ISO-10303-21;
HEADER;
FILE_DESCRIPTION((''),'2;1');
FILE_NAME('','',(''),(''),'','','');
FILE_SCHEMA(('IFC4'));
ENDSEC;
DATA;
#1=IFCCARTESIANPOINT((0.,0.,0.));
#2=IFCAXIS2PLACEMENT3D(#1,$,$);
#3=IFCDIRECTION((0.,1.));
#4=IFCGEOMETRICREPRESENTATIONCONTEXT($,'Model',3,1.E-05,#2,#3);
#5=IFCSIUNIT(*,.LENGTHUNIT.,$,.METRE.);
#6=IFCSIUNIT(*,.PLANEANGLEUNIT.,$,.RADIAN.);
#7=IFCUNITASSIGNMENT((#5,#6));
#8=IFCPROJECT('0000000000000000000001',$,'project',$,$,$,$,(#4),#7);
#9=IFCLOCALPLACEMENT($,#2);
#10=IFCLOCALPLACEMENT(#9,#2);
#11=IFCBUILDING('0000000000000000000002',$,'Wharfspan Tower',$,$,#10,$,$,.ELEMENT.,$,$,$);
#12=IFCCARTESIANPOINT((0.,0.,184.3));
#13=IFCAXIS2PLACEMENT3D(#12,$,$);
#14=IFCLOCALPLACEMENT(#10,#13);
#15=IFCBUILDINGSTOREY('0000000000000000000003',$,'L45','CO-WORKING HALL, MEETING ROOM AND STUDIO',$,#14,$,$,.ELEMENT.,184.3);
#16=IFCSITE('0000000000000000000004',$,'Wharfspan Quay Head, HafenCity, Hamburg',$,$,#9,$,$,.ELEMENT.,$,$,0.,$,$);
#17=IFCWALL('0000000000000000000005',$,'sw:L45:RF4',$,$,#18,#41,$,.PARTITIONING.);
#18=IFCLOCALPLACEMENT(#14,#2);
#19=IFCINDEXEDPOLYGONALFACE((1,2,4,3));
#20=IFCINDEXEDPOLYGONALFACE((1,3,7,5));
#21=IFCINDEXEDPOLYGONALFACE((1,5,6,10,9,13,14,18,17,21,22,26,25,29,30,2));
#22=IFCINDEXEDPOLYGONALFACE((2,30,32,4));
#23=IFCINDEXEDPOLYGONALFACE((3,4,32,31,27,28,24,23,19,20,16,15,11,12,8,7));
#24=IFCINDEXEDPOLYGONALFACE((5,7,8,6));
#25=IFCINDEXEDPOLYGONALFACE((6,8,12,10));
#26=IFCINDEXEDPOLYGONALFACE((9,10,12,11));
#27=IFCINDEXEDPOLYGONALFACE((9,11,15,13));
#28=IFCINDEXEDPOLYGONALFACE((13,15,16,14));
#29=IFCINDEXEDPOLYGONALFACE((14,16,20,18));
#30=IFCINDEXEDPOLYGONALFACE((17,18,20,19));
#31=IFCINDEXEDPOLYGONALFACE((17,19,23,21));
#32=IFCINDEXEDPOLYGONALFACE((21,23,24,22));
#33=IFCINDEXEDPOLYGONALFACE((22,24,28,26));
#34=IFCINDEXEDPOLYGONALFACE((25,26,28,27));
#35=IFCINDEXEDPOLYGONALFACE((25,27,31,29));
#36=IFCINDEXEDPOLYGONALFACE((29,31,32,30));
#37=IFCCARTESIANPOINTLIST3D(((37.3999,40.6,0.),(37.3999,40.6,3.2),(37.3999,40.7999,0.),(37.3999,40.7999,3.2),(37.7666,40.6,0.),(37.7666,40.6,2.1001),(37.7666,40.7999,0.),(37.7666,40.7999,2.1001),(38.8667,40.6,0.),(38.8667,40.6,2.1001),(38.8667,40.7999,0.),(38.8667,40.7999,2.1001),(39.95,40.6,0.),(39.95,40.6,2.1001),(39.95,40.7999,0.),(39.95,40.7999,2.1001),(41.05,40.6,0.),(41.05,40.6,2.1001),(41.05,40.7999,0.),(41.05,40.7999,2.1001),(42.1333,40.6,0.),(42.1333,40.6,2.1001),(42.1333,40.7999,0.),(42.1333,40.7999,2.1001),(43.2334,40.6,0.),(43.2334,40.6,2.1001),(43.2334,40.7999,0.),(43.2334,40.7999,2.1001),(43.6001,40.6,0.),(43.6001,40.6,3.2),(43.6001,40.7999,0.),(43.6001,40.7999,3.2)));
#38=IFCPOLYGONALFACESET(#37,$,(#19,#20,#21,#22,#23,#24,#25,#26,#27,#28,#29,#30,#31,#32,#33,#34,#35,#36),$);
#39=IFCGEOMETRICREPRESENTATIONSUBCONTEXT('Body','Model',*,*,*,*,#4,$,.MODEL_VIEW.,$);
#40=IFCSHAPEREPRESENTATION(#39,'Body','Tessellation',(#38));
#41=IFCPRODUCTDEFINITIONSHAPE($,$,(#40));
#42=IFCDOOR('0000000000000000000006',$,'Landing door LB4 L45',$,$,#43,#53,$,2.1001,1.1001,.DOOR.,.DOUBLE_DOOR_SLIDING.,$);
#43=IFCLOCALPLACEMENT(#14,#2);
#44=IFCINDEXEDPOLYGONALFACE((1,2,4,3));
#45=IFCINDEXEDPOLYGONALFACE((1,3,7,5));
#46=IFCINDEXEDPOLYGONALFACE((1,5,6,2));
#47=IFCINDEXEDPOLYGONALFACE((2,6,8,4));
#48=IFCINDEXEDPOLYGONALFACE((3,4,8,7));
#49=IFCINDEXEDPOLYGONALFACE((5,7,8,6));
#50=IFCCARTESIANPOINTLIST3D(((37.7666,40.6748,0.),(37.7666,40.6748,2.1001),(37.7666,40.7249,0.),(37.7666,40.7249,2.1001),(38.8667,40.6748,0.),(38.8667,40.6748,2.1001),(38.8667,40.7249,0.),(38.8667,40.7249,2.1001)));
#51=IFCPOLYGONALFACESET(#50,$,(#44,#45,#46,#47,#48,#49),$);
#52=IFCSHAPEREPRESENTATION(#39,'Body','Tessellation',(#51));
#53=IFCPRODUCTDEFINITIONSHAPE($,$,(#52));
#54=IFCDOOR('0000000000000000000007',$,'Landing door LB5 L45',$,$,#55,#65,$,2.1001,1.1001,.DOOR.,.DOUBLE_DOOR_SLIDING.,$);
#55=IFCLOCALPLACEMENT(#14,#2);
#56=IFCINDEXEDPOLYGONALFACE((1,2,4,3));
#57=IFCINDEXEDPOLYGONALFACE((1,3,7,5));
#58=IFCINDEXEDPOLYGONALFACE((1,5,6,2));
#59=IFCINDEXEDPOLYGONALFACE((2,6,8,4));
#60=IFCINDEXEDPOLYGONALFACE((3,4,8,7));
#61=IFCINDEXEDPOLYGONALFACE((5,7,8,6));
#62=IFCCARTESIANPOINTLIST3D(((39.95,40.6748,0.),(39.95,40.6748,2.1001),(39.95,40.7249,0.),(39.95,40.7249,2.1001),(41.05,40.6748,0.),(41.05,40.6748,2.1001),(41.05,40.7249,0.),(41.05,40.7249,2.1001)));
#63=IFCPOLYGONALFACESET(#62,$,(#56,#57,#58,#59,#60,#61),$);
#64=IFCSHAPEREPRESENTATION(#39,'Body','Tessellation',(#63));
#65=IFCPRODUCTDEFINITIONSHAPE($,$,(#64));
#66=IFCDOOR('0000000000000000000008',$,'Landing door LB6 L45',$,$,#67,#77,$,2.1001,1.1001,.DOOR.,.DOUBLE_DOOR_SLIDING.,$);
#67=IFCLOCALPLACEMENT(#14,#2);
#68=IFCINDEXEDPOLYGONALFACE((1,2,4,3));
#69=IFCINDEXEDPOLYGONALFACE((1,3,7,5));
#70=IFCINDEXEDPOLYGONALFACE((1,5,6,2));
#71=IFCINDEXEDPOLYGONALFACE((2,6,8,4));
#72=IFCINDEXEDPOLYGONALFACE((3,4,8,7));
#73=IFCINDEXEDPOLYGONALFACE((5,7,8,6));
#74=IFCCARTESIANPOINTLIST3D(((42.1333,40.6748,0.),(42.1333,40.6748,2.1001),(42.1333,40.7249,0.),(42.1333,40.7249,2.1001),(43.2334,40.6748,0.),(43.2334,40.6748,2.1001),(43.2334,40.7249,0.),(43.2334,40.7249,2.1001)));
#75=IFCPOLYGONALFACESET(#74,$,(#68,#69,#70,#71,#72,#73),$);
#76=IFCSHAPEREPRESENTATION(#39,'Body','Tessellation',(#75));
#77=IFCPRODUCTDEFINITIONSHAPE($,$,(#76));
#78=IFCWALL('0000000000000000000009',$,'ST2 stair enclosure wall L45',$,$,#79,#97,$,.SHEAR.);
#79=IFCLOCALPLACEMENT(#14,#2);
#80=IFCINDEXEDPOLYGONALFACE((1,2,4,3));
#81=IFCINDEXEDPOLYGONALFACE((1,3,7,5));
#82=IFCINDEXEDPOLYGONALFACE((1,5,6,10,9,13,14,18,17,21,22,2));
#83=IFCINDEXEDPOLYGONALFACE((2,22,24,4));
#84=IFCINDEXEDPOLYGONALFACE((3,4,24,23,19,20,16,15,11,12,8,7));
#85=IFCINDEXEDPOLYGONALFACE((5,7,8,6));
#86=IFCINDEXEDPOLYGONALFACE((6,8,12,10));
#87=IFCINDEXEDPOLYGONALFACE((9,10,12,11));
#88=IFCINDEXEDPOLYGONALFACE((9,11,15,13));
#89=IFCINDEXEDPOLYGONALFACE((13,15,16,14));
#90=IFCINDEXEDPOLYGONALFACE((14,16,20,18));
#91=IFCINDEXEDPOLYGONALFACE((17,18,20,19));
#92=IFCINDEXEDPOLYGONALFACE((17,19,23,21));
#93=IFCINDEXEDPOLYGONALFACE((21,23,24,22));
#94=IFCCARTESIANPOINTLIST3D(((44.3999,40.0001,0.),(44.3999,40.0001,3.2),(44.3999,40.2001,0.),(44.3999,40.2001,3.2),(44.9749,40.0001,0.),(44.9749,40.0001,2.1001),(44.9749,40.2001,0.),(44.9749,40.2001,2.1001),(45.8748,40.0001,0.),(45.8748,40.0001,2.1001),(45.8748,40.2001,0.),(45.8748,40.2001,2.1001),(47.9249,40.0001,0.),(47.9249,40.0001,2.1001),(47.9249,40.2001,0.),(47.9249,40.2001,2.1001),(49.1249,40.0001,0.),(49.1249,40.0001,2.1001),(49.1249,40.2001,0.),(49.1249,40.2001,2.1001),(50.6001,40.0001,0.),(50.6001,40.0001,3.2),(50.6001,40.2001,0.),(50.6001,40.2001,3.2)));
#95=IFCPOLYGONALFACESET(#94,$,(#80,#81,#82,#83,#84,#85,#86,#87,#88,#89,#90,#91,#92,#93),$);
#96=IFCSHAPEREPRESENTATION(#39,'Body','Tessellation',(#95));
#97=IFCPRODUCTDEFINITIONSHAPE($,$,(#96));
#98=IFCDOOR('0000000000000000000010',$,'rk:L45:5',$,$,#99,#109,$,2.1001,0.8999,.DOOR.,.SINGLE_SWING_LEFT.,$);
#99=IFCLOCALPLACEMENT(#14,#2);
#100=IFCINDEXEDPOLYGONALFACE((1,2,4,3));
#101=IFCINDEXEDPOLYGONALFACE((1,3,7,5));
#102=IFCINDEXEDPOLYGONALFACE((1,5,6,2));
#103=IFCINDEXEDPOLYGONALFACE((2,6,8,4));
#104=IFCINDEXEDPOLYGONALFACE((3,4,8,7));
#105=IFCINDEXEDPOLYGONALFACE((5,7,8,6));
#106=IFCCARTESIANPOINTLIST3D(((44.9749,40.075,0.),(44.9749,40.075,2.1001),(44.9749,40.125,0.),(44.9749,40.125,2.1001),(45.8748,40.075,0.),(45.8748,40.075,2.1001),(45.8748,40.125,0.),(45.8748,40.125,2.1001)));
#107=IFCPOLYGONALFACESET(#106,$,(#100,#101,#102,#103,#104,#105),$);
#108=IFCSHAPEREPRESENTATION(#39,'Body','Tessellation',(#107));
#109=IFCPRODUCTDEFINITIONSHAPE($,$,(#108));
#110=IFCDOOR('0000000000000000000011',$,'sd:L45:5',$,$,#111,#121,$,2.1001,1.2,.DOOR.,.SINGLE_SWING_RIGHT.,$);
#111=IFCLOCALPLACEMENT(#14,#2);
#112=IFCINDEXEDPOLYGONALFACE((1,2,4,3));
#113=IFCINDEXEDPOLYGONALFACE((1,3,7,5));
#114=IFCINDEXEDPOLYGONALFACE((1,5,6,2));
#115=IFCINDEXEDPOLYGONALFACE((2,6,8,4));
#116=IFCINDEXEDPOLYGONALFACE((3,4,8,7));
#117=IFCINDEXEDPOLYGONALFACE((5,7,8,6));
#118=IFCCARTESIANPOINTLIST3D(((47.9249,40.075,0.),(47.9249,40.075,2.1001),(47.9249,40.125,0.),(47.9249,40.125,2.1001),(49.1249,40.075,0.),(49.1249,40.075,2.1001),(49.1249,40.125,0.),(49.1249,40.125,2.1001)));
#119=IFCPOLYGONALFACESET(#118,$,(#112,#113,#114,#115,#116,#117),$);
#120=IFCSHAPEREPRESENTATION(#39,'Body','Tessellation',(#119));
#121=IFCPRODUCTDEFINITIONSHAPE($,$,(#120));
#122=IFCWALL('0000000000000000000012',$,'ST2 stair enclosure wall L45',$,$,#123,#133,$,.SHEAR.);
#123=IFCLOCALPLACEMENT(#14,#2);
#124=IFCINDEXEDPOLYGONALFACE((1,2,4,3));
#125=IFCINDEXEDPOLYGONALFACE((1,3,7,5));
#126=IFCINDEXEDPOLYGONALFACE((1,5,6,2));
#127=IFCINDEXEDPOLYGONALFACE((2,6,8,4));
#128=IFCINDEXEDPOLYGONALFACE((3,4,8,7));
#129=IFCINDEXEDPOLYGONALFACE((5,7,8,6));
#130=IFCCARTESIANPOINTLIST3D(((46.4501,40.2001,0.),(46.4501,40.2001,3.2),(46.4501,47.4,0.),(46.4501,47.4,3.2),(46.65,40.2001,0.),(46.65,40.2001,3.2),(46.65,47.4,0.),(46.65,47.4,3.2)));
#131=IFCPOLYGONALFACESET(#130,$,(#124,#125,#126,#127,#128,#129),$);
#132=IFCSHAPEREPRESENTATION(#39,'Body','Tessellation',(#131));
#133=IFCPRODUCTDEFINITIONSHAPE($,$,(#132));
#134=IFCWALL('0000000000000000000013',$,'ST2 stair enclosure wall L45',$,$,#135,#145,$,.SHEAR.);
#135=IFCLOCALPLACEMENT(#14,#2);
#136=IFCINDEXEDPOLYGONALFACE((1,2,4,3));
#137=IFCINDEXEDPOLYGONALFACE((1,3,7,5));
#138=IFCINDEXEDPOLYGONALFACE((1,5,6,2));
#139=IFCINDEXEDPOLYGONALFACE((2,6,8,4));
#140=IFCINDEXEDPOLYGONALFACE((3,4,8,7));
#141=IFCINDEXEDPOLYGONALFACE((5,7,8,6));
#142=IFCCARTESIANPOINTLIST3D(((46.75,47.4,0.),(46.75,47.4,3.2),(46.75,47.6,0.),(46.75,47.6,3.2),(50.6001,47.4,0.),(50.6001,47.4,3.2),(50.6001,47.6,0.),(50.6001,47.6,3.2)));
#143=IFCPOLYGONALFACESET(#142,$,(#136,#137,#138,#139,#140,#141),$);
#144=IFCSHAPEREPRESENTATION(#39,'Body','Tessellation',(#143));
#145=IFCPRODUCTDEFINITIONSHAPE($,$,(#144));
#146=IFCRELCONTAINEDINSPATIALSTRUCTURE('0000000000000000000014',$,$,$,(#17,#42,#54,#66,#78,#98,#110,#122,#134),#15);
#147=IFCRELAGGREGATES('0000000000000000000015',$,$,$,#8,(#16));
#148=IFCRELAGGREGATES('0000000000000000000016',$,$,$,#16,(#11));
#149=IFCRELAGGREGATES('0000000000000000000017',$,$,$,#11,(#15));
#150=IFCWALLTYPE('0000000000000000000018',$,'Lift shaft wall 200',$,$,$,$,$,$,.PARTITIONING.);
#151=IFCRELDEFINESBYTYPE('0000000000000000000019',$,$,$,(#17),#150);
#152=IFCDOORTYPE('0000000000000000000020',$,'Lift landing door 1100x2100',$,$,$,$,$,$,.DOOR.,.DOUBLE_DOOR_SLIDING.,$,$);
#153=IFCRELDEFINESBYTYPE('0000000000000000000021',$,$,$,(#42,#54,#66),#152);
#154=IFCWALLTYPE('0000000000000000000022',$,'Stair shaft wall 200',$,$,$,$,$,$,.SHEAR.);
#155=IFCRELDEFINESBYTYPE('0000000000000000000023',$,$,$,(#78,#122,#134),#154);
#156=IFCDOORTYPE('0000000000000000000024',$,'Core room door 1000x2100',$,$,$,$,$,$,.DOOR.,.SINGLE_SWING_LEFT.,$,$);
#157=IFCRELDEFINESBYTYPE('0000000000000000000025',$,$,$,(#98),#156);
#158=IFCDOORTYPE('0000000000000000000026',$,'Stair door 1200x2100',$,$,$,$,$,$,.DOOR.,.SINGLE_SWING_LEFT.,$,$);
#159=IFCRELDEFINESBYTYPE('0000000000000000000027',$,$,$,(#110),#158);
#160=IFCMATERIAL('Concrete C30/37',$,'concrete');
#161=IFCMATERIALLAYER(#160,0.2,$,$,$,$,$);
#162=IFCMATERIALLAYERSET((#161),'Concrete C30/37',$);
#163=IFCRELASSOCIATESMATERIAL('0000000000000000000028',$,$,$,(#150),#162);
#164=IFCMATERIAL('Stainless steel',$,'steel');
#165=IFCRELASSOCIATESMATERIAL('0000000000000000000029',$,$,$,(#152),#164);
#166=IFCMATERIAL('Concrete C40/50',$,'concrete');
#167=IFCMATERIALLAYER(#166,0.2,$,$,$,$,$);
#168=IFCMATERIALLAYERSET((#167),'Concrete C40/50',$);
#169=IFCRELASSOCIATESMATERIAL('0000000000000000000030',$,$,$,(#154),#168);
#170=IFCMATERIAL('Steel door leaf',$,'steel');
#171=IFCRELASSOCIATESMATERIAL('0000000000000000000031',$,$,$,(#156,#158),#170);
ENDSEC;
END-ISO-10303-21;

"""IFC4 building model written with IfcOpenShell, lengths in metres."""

from ifc_helpers import new_model, si_unit, direction, frame, frame_2d, origin, place, context, subcontext, project, spatial, rectangle, extrude, material, layer, layer_set, type_object, element, fill, save


model = new_model("IFC4")

# Units and contexts
model_context = context("Model", 3, precision=1e-05, world=origin(), true_north=direction((0.0, 1.0)))
body_context = subcontext(model_context, "Body", "Model", "MODEL_VIEW")
ifc_project = project(units=[si_unit("LENGTHUNIT", "METRE"), si_unit("PLANEANGLEUNIT", "RADIAN")], contexts=[model_context])

# Site, building, storey
site_placement = place(None, origin())
site = spatial("IfcSite", under=ifc_project, at=site_placement, Name="Wharfspan Quay Head, HafenCity, Hamburg", CompositionType="ELEMENT", RefElevation=0.0)
building_placement = place(site_placement, origin())
building = spatial("IfcBuilding", under=site, at=building_placement, Name="Wharfspan Tower", CompositionType="ELEMENT")
storey_placement = place(building_placement, frame((0.0, 0.0, 184.3)))
storey = spatial("IfcBuildingStorey", under=building, at=storey_placement, Name="L45", Description="CO-WORKING HALL, MEETING ROOM AND STUDIO", CompositionType="ELEMENT", Elevation=184.3)

# Walls, openings, doors
ifc_material_1 = material(Name="Concrete C30/37", Category="concrete")
ifc_layer_1 = layer(ifc_material_1, 0.2)
ifc_layer_set_1 = layer_set([ifc_layer_1], Name="Concrete C30/37")
wall_type_1 = type_object("IfcWallType", Name="Lift shaft wall 200", PredefinedType="PARTITIONING", material=ifc_layer_set_1)
wall_1_placement = place(storey_placement, frame((37.3999, 40.7, 0.0), z_axis=(0.0, 0.0, 1.0), x_axis=(1.0, 0.0, 0.0)))
wall_1 = element("IfcWall", 1, at=wall_1_placement, inside=storey, type_object=wall_type_1, Name="sw:L45:RF4", PredefinedType="PARTITIONING", context=body_context, shape_type="SweptSolid", body=[
    extrude(rectangle(XDim=6.2002, YDim=0.2, at=frame_2d((3.1001, 0.0))), origin(), (0.0, 0.0, 1.0), 3.2),
])
opening_1_placement = place(wall_1_placement, frame((0.3667, 0.0, 0.0)))
opening_1 = element("IfcOpeningElement", 2, at=opening_1_placement, cuts=wall_1, PredefinedType="OPENING", context=body_context, shape_type="SweptSolid", body=[
    extrude(rectangle(XDim=1.1001, YDim=2.1001, at=frame_2d((0.55, 1.05))), frame((0.0, 0.1099, 0.0), z_axis=(0.0, -1.0, 0.0), x_axis=(1.0, 0.0, 0.0)), (0.0, 0.0, 1.0), 0.22),
])
opening_2_placement = place(wall_1_placement, frame((2.55, 0.0, 0.0)))
opening_2 = element("IfcOpeningElement", 3, at=opening_2_placement, cuts=wall_1, PredefinedType="OPENING", context=body_context, shape_type="SweptSolid", body=[
    extrude(rectangle(XDim=1.1001, YDim=2.1001, at=frame_2d((0.55, 1.05))), frame((0.0, 0.1099, 0.0), z_axis=(0.0, -1.0, 0.0), x_axis=(1.0, 0.0, 0.0)), (0.0, 0.0, 1.0), 0.22),
])
opening_3_placement = place(wall_1_placement, frame((4.7334, 0.0, 0.0)))
opening_3 = element("IfcOpeningElement", 4, at=opening_3_placement, cuts=wall_1, PredefinedType="OPENING", context=body_context, shape_type="SweptSolid", body=[
    extrude(rectangle(XDim=1.1001, YDim=2.1001, at=frame_2d((0.55, 1.05))), frame((0.0, 0.1099, 0.0), z_axis=(0.0, -1.0, 0.0), x_axis=(1.0, 0.0, 0.0)), (0.0, 0.0, 1.0), 0.22),
])
ifc_material_2 = material(Name="Stainless steel", Category="steel")
door_type_1 = type_object("IfcDoorType", Name="Lift landing door 1100x2100", OperationType="DOUBLE_DOOR_SLIDING", PredefinedType="DOOR", material=ifc_material_2)
door_1_placement = place(opening_1_placement, origin())
door_1 = element("IfcDoor", 5, at=door_1_placement, inside=storey, type_object=door_type_1, Name="Landing door LB4 L45", OperationType="DOUBLE_DOOR_SLIDING", OverallHeight=2.1001, OverallWidth=1.1001, PredefinedType="DOOR", context=body_context, shape_type="SweptSolid", body=[
    extrude(rectangle(XDim=1.1001, YDim=2.1001, at=frame_2d((0.55, 1.05))), frame((0.0, 0.0249, 0.0), z_axis=(0.0, -1.0, 0.0), x_axis=(1.0, 0.0, 0.0)), (0.0, 0.0, 1.0), 0.05),
])
fill(opening_1, door_1)
door_2_placement = place(opening_2_placement, origin())
door_2 = element("IfcDoor", 6, at=door_2_placement, inside=storey, type_object=door_type_1, Name="Landing door LB5 L45", OperationType="DOUBLE_DOOR_SLIDING", OverallHeight=2.1001, OverallWidth=1.1001, PredefinedType="DOOR", context=body_context, shape_type="SweptSolid", body=[
    extrude(rectangle(XDim=1.1001, YDim=2.1001, at=frame_2d((0.55, 1.05))), frame((0.0, 0.0249, 0.0), z_axis=(0.0, -1.0, 0.0), x_axis=(1.0, 0.0, 0.0)), (0.0, 0.0, 1.0), 0.05),
])
fill(opening_2, door_2)
door_3_placement = place(opening_3_placement, origin())
door_3 = element("IfcDoor", 7, at=door_3_placement, inside=storey, type_object=door_type_1, Name="Landing door LB6 L45", OperationType="DOUBLE_DOOR_SLIDING", OverallHeight=2.1001, OverallWidth=1.1001, PredefinedType="DOOR", context=body_context, shape_type="SweptSolid", body=[
    extrude(rectangle(XDim=1.1001, YDim=2.1001, at=frame_2d((0.55, 1.05))), frame((0.0, 0.0249, 0.0), z_axis=(0.0, -1.0, 0.0), x_axis=(1.0, 0.0, 0.0)), (0.0, 0.0, 1.0), 0.05),
])
fill(opening_3, door_3)
ifc_material_3 = material(Name="Concrete C40/50", Category="concrete")
ifc_layer_2 = layer(ifc_material_3, 0.2)
ifc_layer_set_2 = layer_set([ifc_layer_2], Name="Concrete C40/50")
wall_type_2 = type_object("IfcWallType", Name="Stair shaft wall 200", PredefinedType="SHEAR", material=ifc_layer_set_2)
wall_2_placement = place(storey_placement, frame((44.3999, 40.1001, 0.0), z_axis=(0.0, 0.0, 1.0), x_axis=(1.0, 0.0, 0.0)))
wall_2 = element("IfcWall", 8, at=wall_2_placement, inside=storey, type_object=wall_type_2, Name="ST2 stair enclosure wall L45", PredefinedType="SHEAR", context=body_context, shape_type="SweptSolid", body=[
    extrude(rectangle(XDim=6.2002, YDim=0.2, at=frame_2d((3.1001, 0.0))), origin(), (0.0, 0.0, 1.0), 3.2),
])
opening_4_placement = place(wall_2_placement, frame((3.5249, 0.0, 0.0)))
opening_4 = element("IfcOpeningElement", 9, at=opening_4_placement, cuts=wall_2, PredefinedType="OPENING", context=body_context, shape_type="SweptSolid", body=[
    extrude(rectangle(XDim=1.2, YDim=2.1001, at=frame_2d((0.6001, 1.05))), frame((0.0, 0.1099, 0.0), z_axis=(0.0, -1.0, 0.0), x_axis=(1.0, 0.0, 0.0)), (0.0, 0.0, 1.0), 0.22),
])
opening_5_placement = place(wall_2_placement, frame((0.575, 0.0, 0.0)))
opening_5 = element("IfcOpeningElement", 10, at=opening_5_placement, cuts=wall_2, PredefinedType="OPENING", context=body_context, shape_type="SweptSolid", body=[
    extrude(rectangle(XDim=0.8999, YDim=2.1001, at=frame_2d((0.45, 1.05))), frame((0.0, 0.1099, 0.0), z_axis=(0.0, -1.0, 0.0), x_axis=(1.0, 0.0, 0.0)), (0.0, 0.0, 1.0), 0.22),
])
ifc_material_4 = material(Name="Steel door leaf", Category="steel")
door_type_2 = type_object("IfcDoorType", Name="Core room door 1000x2100", OperationType="SINGLE_SWING_LEFT", PredefinedType="DOOR", material=ifc_material_4)
door_4_placement = place(opening_5_placement, origin())
door_4 = element("IfcDoor", 11, at=door_4_placement, inside=storey, type_object=door_type_2, Name="rk:L45:5", OperationType="SINGLE_SWING_LEFT", OverallHeight=2.1001, OverallWidth=0.8999, PredefinedType="DOOR", context=body_context, shape_type="SweptSolid", body=[
    extrude(rectangle(XDim=0.8999, YDim=2.1001, at=frame_2d((0.45, 1.05))), frame((0.0, 0.0249, 0.0), z_axis=(0.0, -1.0, 0.0), x_axis=(1.0, 0.0, 0.0)), (0.0, 0.0, 1.0), 0.05),
])
fill(opening_5, door_4)
door_type_3 = type_object("IfcDoorType", Name="Stair door 1200x2100", OperationType="SINGLE_SWING_LEFT", PredefinedType="DOOR", material=ifc_material_4)
door_5_placement = place(opening_4_placement, origin())
door_5 = element("IfcDoor", 12, at=door_5_placement, inside=storey, type_object=door_type_3, Name="sd:L45:5", OperationType="SINGLE_SWING_RIGHT", OverallHeight=2.1001, OverallWidth=1.2, PredefinedType="DOOR", context=body_context, shape_type="SweptSolid", body=[
    extrude(rectangle(XDim=1.2, YDim=2.1001, at=frame_2d((0.6001, 1.05))), frame((0.0, 0.0249, 0.0), z_axis=(0.0, -1.0, 0.0), x_axis=(1.0, 0.0, 0.0)), (0.0, 0.0, 1.0), 0.05),
])
fill(opening_4, door_5)

# Walls
wall_3_placement = place(storey_placement, frame((46.55, 40.2, 0.0), z_axis=(0.0, 0.0, 1.0), x_axis=(0.0, 1.0, 0.0)))
element("IfcWall", 13, at=wall_3_placement, inside=storey, type_object=wall_type_2, Name="ST2 stair enclosure wall L45", PredefinedType="SHEAR", context=body_context, shape_type="SweptSolid", body=[
    extrude(rectangle(XDim=7.2, YDim=0.2, at=frame_2d((3.6001, 0.0))), origin(), (0.0, 0.0, 1.0), 3.2),
])
wall_4_placement = place(storey_placement, frame((46.75, 47.5, 0.0), z_axis=(0.0, 0.0, 1.0), x_axis=(1.0, 0.0, 0.0)))
element("IfcWall", 14, at=wall_4_placement, inside=storey, type_object=wall_type_2, Name="ST2 stair enclosure wall L45", PredefinedType="SHEAR", context=body_context, shape_type="SweptSolid", body=[
    extrude(rectangle(XDim=3.8501, YDim=0.2, at=frame_2d((1.925, 0.0))), origin(), (0.0, 0.0, 1.0), 3.2),
])

save(model, "model.ifc")
